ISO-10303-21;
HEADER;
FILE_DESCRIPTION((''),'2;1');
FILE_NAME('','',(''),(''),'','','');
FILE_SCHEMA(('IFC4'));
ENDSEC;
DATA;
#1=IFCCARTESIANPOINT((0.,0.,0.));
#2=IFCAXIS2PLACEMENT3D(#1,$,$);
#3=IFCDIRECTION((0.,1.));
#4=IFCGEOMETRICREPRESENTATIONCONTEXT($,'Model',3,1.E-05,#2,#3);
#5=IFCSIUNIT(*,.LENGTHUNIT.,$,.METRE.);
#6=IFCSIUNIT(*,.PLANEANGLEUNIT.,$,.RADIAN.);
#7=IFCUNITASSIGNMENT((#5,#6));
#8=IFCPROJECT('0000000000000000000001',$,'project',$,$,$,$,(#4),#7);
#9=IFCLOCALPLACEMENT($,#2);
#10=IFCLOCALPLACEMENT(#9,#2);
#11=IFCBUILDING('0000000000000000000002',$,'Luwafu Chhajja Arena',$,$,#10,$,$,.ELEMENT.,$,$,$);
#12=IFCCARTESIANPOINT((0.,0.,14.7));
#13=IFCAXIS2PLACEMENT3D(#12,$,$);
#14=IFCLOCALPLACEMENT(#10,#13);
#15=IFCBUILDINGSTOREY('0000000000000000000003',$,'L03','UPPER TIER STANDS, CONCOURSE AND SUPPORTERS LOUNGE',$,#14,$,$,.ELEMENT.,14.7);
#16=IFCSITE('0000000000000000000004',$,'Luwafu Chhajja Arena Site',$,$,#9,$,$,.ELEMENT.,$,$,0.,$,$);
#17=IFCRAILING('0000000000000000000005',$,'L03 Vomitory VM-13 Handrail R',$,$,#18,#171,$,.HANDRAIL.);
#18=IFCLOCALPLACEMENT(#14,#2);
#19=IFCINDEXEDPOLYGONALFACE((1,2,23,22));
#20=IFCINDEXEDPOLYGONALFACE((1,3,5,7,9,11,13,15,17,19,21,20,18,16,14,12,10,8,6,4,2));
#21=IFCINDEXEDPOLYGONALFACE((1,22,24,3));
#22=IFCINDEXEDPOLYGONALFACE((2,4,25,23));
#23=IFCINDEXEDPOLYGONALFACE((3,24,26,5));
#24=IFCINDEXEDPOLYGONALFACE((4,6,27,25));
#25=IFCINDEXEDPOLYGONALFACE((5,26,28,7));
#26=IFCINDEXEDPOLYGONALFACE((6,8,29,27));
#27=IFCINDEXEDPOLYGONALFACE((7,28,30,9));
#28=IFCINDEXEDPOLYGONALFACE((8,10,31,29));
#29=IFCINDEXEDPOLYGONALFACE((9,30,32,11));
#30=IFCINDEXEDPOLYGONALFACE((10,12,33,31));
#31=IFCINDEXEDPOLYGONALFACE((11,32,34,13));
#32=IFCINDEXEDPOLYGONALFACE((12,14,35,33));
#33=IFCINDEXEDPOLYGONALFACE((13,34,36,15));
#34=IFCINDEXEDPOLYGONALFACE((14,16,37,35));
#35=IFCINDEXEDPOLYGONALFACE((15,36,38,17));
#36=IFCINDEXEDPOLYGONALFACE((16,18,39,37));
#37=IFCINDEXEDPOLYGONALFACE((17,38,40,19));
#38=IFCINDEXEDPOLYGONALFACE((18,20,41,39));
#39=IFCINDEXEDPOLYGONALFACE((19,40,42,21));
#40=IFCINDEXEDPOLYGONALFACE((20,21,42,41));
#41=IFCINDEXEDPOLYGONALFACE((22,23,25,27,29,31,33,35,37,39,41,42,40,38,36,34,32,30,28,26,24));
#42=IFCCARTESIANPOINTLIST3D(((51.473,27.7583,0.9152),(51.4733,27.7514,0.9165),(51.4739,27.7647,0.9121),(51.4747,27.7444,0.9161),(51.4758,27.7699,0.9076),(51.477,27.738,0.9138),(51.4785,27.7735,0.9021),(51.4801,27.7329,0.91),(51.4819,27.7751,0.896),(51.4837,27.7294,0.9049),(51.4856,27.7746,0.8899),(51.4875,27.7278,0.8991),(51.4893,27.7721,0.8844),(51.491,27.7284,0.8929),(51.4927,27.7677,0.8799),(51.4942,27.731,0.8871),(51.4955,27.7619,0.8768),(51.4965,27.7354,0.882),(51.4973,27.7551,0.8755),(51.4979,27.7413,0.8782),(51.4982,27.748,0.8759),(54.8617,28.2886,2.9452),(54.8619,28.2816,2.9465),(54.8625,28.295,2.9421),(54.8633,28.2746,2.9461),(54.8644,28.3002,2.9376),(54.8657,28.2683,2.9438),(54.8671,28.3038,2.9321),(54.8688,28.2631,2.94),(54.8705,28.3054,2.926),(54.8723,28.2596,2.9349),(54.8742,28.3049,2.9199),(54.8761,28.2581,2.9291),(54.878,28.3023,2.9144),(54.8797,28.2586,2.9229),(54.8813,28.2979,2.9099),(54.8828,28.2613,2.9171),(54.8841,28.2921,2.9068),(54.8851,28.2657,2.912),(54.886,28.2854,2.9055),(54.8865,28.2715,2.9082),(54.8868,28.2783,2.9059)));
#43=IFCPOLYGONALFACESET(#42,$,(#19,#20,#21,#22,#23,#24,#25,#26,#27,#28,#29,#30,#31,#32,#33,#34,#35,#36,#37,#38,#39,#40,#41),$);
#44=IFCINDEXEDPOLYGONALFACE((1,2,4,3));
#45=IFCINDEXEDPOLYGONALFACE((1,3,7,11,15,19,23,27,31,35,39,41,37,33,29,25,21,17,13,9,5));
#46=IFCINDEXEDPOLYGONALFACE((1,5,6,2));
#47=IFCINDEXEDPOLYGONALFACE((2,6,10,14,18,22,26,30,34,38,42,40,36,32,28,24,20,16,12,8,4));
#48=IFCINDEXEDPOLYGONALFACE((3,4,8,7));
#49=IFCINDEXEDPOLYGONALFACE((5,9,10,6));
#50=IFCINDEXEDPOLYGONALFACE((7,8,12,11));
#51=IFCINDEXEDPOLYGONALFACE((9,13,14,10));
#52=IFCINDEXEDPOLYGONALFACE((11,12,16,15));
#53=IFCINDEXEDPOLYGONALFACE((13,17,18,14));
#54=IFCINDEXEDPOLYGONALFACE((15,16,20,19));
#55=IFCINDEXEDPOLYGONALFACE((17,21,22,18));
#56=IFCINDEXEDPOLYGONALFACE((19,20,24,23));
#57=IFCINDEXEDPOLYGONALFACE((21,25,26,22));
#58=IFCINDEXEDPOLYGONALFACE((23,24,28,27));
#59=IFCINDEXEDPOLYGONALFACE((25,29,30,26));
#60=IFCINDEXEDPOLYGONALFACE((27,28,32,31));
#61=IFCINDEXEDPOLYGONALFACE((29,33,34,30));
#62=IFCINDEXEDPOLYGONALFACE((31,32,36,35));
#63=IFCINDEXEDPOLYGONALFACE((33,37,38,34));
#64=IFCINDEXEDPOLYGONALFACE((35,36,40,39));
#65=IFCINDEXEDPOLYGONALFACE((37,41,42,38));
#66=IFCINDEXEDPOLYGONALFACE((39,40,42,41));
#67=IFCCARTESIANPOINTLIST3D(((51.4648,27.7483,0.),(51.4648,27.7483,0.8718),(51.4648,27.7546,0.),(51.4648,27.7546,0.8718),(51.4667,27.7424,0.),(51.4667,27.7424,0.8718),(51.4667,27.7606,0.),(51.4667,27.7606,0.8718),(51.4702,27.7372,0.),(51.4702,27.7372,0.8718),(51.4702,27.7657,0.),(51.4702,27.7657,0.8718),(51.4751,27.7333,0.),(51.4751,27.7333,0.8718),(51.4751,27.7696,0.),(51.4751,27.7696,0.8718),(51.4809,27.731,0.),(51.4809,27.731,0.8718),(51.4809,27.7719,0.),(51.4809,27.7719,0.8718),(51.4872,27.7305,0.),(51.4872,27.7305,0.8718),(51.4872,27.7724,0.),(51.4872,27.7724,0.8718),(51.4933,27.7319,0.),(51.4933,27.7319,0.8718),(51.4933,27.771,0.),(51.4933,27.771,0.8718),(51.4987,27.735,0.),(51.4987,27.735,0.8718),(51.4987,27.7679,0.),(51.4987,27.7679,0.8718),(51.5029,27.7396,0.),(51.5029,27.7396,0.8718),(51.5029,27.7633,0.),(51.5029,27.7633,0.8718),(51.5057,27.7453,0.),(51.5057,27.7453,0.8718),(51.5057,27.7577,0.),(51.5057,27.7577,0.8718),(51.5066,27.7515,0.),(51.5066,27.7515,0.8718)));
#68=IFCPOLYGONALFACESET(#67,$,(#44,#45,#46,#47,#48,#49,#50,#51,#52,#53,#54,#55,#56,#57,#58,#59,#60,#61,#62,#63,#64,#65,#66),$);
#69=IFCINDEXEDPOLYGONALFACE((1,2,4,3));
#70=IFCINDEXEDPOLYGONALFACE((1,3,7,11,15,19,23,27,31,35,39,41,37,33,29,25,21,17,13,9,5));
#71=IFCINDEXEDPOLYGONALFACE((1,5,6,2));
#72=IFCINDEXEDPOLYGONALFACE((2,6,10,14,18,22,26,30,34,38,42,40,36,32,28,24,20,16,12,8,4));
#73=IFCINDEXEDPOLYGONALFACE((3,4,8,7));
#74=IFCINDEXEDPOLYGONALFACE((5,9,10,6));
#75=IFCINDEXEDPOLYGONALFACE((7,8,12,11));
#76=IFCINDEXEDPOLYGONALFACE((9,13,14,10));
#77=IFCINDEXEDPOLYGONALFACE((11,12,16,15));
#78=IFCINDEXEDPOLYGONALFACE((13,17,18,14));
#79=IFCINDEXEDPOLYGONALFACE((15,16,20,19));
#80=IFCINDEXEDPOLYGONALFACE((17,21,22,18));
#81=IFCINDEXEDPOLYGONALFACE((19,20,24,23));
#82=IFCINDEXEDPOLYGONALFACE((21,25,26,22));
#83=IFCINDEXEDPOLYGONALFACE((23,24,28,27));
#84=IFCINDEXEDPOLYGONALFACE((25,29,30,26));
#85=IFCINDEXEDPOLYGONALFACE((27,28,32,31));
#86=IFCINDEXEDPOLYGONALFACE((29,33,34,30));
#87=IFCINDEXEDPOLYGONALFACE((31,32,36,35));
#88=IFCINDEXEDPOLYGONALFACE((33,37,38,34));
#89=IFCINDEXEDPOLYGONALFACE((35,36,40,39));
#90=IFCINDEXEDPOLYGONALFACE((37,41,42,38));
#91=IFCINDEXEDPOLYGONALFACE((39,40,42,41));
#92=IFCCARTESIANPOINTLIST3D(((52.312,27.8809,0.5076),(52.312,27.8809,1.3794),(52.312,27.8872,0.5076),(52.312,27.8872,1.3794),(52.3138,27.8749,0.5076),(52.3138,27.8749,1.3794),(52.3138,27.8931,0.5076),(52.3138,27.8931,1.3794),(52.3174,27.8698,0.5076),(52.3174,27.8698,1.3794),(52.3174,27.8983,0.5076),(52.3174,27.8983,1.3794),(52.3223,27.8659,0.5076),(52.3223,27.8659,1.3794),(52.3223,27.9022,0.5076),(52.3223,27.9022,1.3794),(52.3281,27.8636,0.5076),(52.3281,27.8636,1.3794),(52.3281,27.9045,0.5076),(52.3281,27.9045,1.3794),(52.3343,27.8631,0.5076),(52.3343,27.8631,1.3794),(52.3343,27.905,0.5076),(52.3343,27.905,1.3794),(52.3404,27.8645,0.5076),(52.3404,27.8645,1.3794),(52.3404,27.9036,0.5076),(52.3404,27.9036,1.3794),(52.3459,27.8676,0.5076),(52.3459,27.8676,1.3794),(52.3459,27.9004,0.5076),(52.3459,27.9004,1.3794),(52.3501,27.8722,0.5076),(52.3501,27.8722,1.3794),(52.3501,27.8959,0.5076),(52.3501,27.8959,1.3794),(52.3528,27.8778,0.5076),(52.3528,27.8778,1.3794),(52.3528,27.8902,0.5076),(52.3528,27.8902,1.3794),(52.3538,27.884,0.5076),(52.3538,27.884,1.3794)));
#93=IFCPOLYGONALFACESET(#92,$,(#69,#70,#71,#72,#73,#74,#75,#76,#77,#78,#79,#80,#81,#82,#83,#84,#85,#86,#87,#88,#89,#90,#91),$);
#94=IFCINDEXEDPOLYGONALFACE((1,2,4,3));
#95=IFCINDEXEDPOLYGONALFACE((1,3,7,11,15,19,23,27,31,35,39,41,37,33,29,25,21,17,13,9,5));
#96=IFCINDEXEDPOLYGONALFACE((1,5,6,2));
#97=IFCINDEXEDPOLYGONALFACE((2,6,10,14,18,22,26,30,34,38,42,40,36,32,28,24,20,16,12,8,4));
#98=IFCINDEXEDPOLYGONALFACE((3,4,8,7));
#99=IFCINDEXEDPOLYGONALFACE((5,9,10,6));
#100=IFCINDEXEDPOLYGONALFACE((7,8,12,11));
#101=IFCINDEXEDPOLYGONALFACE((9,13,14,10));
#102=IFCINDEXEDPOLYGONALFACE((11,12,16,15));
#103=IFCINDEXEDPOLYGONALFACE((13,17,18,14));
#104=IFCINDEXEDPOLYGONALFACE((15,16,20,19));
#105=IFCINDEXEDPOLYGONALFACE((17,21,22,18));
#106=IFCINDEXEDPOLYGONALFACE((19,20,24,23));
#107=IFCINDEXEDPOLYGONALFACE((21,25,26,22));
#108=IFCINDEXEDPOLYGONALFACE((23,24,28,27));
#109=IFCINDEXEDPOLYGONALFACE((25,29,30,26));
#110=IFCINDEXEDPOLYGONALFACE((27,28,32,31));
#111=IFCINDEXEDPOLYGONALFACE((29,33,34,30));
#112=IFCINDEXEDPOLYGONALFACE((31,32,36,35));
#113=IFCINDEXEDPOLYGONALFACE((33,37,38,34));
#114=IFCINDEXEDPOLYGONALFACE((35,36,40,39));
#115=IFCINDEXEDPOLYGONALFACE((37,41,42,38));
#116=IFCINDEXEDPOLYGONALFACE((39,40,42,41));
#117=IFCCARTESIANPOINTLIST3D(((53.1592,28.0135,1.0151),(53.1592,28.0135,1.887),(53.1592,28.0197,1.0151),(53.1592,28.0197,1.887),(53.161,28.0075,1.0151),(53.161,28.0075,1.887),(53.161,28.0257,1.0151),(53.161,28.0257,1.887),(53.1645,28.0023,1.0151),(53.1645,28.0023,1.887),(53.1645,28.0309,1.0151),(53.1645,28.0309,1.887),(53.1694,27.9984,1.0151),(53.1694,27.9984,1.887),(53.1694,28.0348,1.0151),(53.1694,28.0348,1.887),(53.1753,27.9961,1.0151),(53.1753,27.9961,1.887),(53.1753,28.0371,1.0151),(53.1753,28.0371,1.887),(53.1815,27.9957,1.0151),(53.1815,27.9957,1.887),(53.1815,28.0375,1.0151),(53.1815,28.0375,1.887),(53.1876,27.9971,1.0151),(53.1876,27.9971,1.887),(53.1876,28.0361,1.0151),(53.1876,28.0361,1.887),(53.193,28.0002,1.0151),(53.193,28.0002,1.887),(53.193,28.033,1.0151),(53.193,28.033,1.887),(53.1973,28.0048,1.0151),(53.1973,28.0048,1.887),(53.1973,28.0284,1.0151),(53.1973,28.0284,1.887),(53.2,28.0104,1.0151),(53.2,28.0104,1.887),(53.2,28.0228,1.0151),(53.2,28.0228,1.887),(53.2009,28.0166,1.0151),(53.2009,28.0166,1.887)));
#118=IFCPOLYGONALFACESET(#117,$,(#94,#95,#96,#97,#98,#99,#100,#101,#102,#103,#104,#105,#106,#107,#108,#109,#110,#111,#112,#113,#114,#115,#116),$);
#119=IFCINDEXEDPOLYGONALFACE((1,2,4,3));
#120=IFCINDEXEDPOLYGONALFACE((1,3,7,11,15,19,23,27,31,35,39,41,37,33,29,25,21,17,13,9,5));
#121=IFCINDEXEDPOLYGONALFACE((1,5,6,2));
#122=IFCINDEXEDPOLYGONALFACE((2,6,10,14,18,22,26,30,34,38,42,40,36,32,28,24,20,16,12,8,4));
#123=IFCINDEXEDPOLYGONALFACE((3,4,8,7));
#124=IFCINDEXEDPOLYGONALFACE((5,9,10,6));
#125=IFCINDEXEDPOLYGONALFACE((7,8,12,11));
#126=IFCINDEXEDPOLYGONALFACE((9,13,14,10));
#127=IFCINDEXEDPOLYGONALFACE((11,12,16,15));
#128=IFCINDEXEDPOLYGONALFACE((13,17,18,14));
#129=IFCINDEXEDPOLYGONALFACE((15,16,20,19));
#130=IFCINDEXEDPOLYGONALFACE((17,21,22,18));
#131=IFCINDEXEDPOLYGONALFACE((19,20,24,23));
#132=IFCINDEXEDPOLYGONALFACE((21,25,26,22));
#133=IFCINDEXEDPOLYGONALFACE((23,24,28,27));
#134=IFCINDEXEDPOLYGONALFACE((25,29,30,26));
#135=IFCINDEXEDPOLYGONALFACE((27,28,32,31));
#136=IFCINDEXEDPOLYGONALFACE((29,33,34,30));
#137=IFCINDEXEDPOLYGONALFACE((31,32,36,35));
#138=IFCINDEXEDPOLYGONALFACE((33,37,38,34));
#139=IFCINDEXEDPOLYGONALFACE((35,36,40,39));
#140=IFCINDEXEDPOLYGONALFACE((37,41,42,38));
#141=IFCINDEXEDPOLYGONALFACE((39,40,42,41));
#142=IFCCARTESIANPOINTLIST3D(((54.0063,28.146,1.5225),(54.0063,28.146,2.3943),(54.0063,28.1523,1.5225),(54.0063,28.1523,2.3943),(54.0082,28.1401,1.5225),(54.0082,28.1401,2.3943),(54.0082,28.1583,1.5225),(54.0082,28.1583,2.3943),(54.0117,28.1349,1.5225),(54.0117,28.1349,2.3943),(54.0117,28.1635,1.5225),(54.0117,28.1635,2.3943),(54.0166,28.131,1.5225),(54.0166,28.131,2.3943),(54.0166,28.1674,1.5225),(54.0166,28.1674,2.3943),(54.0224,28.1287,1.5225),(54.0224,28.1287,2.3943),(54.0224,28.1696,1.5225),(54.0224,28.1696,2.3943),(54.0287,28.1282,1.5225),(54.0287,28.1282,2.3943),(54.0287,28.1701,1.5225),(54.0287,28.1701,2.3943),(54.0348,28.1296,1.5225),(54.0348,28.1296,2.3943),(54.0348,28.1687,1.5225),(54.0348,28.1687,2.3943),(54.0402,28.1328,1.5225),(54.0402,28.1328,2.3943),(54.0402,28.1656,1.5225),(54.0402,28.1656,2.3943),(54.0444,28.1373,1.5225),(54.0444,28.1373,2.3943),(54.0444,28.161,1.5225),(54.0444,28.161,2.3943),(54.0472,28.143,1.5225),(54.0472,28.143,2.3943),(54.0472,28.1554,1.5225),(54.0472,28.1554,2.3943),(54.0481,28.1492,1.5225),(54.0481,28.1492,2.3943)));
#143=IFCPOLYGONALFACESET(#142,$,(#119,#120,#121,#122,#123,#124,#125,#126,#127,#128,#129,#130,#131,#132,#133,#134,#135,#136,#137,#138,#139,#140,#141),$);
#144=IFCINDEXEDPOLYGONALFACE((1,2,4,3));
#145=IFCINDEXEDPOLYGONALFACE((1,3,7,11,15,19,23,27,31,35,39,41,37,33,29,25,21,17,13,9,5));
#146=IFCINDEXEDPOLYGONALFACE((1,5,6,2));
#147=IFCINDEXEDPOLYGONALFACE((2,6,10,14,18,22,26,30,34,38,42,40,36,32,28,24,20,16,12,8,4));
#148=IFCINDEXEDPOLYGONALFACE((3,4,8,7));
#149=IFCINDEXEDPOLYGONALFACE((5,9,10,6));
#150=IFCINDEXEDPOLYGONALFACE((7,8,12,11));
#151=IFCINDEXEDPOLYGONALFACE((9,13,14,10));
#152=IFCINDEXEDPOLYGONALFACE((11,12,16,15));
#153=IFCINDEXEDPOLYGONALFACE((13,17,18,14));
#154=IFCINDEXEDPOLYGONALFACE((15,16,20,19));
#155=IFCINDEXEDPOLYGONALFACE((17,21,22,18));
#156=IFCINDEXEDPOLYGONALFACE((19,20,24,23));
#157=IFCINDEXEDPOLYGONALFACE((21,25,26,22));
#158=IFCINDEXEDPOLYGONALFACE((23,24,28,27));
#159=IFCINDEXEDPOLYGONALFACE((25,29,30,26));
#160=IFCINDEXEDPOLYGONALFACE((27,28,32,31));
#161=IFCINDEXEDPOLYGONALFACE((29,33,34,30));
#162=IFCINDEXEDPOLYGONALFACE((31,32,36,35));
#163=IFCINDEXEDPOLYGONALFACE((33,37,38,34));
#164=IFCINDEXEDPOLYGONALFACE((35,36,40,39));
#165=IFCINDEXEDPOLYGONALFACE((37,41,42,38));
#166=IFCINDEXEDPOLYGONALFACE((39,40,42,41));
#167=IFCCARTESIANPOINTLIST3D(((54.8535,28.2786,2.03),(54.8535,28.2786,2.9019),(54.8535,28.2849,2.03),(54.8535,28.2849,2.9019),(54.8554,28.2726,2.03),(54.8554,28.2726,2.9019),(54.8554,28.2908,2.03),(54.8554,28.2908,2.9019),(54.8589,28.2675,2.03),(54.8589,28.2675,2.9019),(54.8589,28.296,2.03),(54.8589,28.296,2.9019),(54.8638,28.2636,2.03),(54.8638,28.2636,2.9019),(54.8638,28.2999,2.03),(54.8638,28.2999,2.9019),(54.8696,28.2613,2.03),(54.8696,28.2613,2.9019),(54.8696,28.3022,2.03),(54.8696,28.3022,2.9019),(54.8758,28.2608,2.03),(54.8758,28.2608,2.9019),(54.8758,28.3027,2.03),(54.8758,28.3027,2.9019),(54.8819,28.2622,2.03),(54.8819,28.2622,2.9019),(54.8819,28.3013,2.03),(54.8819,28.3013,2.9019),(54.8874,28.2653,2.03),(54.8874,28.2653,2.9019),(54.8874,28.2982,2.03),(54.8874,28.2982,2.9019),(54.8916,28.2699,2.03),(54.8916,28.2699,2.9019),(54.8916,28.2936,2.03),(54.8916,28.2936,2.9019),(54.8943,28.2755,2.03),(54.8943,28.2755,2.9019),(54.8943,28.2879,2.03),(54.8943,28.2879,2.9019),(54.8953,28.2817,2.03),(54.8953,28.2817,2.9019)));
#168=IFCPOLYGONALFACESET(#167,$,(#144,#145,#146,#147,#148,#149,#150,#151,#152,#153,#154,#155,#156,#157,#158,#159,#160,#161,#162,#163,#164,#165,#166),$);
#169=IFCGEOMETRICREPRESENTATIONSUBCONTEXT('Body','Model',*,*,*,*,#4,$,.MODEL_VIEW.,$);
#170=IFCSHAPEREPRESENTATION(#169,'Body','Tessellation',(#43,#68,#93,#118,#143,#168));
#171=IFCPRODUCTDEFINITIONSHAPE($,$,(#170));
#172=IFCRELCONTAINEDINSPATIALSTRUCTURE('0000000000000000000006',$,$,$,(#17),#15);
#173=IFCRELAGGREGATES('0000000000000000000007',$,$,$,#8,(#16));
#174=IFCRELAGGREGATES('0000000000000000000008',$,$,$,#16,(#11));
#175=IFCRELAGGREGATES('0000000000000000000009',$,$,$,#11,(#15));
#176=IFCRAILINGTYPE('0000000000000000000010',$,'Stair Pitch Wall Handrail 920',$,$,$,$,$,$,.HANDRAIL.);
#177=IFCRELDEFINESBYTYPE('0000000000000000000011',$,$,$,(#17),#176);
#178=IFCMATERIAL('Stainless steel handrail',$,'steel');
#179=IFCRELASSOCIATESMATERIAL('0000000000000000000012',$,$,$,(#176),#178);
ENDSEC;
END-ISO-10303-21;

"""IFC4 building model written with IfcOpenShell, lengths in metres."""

from ifc_helpers import new_model, si_unit, direction, frame, origin, origin_2d, place, context, subcontext, project, spatial, circle, extrude, material, type_object, element, save


model = new_model("IFC4")

# Units and contexts
model_context = context("Model", 3, precision=1e-05, world=origin(), true_north=direction((0.0, 1.0)))
body_context = subcontext(model_context, "Body", "Model", "MODEL_VIEW")
ifc_project = project(units=[si_unit("LENGTHUNIT", "METRE"), si_unit("PLANEANGLEUNIT", "RADIAN")], contexts=[model_context])

# Site, building, storey
site_placement = place(None, origin())
site = spatial("IfcSite", under=ifc_project, at=site_placement, Name="Luwafu Chhajja Arena Site", CompositionType="ELEMENT", RefElevation=0.0)
building_placement = place(site_placement, origin())
building = spatial("IfcBuilding", under=site, at=building_placement, Name="Luwafu Chhajja Arena", CompositionType="ELEMENT")
storey_placement = place(building_placement, frame((0.0, 0.0, 14.7)))
storey = spatial("IfcBuildingStorey", under=building, at=storey_placement, Name="L03", Description="UPPER TIER STANDS, CONCOURSE AND SUPPORTERS LOUNGE", CompositionType="ELEMENT", Elevation=14.7)

# Railing
ifc_material_1 = material(Name="Stainless steel handrail", Category="steel")
railing_type_1 = type_object("IfcRailingType", Name="Stair Pitch Wall Handrail 920", PredefinedType="HANDRAIL", material=ifc_material_1)
railing_1_placement = place(storey_placement, frame((51.4856, 27.7515, 0.0)))
element("IfcRailing", 1, at=railing_1_placement, inside=storey, type_object=railing_type_1, Name="L03 Vomitory VM-13 Handrail R", PredefinedType="HANDRAIL", context=body_context, shape_type="SweptSolid", body=[
    extrude(circle(Radius=0.0239, at=origin_2d()), frame((0.0, 0.0, 0.896), z_axis=(0.850221, 0.133046, 0.509336), x_axis=(-0.154603, 0.987977, 0.0)), (0.0, 0.0, 1.0), 3.9856),
    extrude(circle(Radius=0.021, at=origin_2d()), origin(), (0.0, 0.0, 1.0), 0.8718),
    extrude(circle(Radius=0.021, at=origin_2d()), frame((0.8472, 0.1326, 0.5076)), (0.0, 0.0, 1.0), 0.8718),
    extrude(circle(Radius=0.021, at=origin_2d()), frame((1.6943, 0.2651, 1.0151)), (0.0, 0.0, 1.0), 0.8718),
    extrude(circle(Radius=0.021, at=origin_2d()), frame((2.5415, 0.3977, 1.5225)), (0.0, 0.0, 1.0), 0.8718),
    extrude(circle(Radius=0.021, at=origin_2d()), frame((3.3887, 0.5303, 2.03)), (0.0, 0.0, 1.0), 0.8718),
])

save(model, "model.ifc")
